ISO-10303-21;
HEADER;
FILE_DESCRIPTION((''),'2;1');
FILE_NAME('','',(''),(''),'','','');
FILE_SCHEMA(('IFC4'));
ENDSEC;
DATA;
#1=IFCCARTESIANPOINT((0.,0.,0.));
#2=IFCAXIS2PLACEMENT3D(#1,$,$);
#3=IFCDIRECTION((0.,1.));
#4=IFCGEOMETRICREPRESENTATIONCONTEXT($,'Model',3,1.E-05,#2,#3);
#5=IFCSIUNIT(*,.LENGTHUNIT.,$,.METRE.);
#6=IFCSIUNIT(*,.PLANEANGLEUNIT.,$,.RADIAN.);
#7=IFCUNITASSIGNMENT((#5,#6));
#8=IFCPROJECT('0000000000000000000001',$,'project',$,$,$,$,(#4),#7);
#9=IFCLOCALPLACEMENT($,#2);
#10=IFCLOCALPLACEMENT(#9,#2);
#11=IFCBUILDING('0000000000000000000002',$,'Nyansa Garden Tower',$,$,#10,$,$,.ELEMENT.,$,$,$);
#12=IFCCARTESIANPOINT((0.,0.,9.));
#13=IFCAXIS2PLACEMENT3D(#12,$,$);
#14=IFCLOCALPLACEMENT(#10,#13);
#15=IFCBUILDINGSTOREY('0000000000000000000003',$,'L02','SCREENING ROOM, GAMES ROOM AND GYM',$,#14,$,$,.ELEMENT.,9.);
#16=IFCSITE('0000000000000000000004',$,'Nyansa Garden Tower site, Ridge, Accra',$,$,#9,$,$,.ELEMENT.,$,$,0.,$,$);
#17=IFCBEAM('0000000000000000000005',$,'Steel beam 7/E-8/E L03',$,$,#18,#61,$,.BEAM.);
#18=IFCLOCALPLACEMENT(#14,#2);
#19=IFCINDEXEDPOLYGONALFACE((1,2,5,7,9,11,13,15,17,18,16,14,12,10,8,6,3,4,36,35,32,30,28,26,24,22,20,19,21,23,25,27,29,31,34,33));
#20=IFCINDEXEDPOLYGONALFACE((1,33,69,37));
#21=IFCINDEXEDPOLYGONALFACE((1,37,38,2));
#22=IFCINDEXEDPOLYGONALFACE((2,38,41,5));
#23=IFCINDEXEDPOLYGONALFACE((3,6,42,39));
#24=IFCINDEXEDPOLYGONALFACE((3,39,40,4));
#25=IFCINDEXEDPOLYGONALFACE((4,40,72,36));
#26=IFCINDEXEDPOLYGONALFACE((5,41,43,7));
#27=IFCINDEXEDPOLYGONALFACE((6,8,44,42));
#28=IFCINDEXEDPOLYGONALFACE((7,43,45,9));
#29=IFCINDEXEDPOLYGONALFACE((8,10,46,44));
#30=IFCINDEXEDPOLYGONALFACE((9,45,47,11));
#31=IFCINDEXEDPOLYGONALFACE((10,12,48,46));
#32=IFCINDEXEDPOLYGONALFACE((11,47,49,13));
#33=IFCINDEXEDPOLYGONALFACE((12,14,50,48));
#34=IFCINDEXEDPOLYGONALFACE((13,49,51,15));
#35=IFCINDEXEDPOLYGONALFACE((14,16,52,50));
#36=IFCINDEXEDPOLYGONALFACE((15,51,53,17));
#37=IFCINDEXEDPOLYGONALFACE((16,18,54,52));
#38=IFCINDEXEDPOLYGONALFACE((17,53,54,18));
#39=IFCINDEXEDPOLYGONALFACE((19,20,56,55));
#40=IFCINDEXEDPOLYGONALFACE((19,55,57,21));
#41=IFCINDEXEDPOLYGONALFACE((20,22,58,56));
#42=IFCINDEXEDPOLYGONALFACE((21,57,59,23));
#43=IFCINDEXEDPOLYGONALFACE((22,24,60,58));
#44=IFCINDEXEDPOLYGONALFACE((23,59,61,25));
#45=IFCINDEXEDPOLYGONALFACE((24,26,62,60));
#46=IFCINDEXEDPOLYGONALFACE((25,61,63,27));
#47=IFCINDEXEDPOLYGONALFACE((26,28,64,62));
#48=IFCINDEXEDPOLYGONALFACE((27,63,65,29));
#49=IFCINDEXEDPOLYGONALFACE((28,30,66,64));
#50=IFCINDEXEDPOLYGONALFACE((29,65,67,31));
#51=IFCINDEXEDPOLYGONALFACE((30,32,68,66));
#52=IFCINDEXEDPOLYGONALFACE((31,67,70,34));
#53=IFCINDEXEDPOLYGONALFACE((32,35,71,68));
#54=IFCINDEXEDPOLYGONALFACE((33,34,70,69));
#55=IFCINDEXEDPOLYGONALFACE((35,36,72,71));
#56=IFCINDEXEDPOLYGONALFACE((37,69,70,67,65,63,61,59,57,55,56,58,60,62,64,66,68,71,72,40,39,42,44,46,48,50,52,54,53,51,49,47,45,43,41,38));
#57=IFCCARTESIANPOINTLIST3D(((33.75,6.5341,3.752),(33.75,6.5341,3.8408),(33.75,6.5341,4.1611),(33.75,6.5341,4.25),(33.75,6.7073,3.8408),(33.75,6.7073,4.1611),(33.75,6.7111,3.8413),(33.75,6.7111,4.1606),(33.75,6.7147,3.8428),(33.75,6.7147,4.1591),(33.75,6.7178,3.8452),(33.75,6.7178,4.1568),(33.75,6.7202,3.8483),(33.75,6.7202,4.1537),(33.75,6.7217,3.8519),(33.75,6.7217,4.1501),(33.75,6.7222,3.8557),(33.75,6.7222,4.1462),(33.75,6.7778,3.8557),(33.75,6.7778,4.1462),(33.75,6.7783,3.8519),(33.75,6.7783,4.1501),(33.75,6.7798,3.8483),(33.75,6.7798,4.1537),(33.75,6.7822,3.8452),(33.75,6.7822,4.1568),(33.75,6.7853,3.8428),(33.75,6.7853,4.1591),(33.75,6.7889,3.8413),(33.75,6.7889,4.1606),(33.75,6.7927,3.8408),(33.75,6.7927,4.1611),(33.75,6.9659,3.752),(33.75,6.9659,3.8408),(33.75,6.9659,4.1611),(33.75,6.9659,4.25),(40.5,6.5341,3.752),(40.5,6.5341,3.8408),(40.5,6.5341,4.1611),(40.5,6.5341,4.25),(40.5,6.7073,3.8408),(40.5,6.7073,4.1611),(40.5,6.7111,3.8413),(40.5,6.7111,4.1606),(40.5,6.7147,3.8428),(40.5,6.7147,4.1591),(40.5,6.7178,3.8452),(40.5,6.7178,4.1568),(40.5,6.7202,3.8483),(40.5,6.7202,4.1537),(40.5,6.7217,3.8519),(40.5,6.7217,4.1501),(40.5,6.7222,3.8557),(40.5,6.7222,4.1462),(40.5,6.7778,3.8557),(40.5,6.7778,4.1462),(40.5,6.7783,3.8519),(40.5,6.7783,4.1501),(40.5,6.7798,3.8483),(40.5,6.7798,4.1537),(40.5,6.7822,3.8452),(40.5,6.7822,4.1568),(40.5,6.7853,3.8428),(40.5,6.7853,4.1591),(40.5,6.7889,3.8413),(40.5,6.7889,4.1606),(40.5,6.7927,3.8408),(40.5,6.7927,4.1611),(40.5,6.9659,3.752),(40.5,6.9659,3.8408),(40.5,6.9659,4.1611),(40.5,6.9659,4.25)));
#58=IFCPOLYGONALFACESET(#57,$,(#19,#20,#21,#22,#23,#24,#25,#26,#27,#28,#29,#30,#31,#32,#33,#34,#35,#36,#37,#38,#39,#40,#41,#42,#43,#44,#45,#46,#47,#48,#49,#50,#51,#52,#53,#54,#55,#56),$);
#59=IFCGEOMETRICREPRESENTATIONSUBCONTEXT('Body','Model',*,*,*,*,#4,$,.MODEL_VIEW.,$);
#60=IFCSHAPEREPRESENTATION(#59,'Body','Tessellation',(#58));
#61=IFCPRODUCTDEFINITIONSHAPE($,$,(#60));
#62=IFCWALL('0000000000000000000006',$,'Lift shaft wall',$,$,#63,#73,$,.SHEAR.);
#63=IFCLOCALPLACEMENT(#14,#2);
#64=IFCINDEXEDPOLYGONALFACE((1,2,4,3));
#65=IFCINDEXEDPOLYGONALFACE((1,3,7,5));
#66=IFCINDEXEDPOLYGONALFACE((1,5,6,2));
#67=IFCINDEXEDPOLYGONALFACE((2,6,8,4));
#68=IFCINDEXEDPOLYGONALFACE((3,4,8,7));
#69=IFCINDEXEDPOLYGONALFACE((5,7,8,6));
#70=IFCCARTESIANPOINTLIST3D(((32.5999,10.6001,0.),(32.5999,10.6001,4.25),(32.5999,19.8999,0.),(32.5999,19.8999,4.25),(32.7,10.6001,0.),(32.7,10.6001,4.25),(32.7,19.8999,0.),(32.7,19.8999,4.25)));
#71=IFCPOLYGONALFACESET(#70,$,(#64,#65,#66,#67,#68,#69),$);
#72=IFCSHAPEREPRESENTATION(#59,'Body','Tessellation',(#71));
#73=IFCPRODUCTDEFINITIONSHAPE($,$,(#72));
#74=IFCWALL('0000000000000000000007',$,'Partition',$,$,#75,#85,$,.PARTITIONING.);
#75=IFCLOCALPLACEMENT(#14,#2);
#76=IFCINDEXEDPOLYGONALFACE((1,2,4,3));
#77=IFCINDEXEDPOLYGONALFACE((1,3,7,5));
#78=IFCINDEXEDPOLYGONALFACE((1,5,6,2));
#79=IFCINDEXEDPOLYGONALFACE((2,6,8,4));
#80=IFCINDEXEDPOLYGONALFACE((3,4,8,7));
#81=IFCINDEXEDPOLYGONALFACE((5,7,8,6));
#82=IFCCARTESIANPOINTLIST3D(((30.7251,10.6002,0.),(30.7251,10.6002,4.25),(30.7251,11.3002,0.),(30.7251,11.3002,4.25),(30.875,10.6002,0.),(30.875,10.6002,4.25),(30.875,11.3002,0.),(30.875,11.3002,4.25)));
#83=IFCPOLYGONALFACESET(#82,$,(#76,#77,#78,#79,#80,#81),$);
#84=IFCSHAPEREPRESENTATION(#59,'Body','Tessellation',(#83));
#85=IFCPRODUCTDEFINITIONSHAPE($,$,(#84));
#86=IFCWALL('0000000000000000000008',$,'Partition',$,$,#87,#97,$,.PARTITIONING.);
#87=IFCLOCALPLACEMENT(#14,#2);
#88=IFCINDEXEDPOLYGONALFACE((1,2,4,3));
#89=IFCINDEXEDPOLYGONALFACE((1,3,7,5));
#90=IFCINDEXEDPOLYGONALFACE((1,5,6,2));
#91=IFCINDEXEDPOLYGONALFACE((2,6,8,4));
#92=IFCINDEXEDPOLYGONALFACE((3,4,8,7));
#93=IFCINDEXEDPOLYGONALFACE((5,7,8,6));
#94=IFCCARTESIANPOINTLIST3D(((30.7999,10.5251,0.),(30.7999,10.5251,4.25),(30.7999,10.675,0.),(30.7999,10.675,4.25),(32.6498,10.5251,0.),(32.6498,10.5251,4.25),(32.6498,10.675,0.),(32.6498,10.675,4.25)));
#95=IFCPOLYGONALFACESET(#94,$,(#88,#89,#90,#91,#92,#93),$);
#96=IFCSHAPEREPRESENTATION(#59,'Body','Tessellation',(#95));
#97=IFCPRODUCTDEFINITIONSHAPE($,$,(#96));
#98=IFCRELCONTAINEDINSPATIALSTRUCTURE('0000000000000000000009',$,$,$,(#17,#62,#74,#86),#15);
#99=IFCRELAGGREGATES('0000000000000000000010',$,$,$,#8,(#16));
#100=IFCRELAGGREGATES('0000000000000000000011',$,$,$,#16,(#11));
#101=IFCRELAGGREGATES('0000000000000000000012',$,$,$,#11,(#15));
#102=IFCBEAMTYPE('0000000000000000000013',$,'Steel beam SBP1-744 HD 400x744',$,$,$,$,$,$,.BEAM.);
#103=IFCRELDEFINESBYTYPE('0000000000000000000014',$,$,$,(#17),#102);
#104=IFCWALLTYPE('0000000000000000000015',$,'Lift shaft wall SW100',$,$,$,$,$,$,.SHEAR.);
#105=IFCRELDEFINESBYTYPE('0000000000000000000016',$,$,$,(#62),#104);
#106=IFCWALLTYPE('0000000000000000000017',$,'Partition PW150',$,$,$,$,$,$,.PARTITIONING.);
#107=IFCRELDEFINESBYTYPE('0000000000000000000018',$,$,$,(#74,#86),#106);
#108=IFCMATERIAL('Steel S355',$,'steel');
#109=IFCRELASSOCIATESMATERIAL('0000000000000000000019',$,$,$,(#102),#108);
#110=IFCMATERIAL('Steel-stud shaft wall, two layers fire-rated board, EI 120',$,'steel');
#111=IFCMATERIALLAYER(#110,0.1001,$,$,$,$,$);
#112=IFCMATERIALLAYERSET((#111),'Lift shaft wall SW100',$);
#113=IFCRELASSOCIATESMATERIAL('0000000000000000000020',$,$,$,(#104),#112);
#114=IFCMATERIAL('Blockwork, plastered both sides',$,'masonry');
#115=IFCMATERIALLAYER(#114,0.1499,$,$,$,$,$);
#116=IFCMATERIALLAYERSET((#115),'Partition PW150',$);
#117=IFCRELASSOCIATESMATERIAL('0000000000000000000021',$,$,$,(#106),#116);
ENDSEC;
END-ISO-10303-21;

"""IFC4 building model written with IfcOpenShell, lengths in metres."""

from ifc_helpers import new_model, si_unit, direction, frame, frame_2d, origin, origin_2d, place, context, subcontext, project, spatial, rectangle, i_section, extrude, material, layer, layer_set, material_profile, profile_set, type_object, element, save


model = new_model("IFC4")

# Units and contexts
model_context = context("Model", 3, precision=1e-05, world=origin(), true_north=direction((0.0, 1.0)))
body_context = subcontext(model_context, "Body", "Model", "MODEL_VIEW")
ifc_project = project(units=[si_unit("LENGTHUNIT", "METRE"), si_unit("PLANEANGLEUNIT", "RADIAN")], contexts=[model_context])

# Site, building, storey
site_placement = place(None, origin())
site = spatial("IfcSite", under=ifc_project, at=site_placement, Name="Nyansa Garden Tower site, Ridge, Accra", CompositionType="ELEMENT", RefElevation=0.0)
building_placement = place(site_placement, origin())
building = spatial("IfcBuilding", under=site, at=building_placement, Name="Nyansa Garden Tower", CompositionType="ELEMENT")
storey_placement = place(building_placement, frame((0.0, 0.0, 9.0)))
storey = spatial("IfcBuildingStorey", under=building, at=storey_placement, Name="L02", Description="SCREENING ROOM, GAMES ROOM AND GYM", CompositionType="ELEMENT", Elevation=9.0)

# Beam
ifc_material_1 = material(Name="Steel S355", Category="steel")
ifc_material_profile_1 = material_profile(ifc_material_1, i_section(OverallWidth=0.4319, OverallDepth=0.498, WebThickness=0.0557, FlangeThickness=0.0889, FilletRadius=0.0149, at=origin_2d()), Name="HD 400x744")
ifc_profile_set_1 = profile_set([ifc_material_profile_1], Name="Steel S355")
beam_type = type_object("IfcBeamType", Name="Steel beam SBP1-744 HD 400x744", PredefinedType="BEAM", material=ifc_profile_set_1)
for number, where, z_axis, x_axis, name in (
    (1, (33.75, 6.75, 4.001), (1.0, 0.0, 0.0), (0.0, 1.0, 0.0), "Steel beam 7/E-8/E L03"),
):
    element("IfcBeam", number, at=place(storey_placement, frame(where, z_axis=z_axis, x_axis=x_axis)), inside=storey, type_object=beam_type, Name=name, PredefinedType="BEAM", context=body_context, shape_type="SweptSolid", body=[
        extrude(i_section(OverallWidth=0.4319, OverallDepth=0.498, WebThickness=0.0557, FlangeThickness=0.0889, FilletRadius=0.0149, at=origin_2d()), origin(), (0.0, 0.0, 1.0), 6.75),
    ])

# Walls
ifc_material_2 = material(Name="Steel-stud shaft wall, two layers fire-rated board, EI 120", Category="steel")
ifc_layer_1 = layer(ifc_material_2, 0.1001)
ifc_layer_set_1 = layer_set([ifc_layer_1], Name="Lift shaft wall SW100")
wall_type_1 = type_object("IfcWallType", Name="Lift shaft wall SW100", PredefinedType="SHEAR", material=ifc_layer_set_1)
wall_1_placement = place(storey_placement, frame((32.6499, 10.6001, 0.0), z_axis=(0.0, 0.0, 1.0), x_axis=(0.0, 1.0, 0.0)))
element("IfcWall", 2, at=wall_1_placement, inside=storey, type_object=wall_type_1, Name="Lift shaft wall", PredefinedType="SHEAR", context=body_context, shape_type="SweptSolid", body=[
    extrude(rectangle(XDim=9.2998, YDim=0.1001, at=frame_2d((4.6499, 0.0))), origin(), (0.0, 0.0, 1.0), 4.25),
])
ifc_material_3 = material(Name="Blockwork, plastered both sides", Category="masonry")
ifc_layer_2 = layer(ifc_material_3, 0.1499)
ifc_layer_set_2 = layer_set([ifc_layer_2], Name="Partition PW150")
wall_type_2 = type_object("IfcWallType", Name="Partition PW150", PredefinedType="PARTITIONING", material=ifc_layer_set_2)
wall_2_placement = place(storey_placement, frame((30.8, 10.6001, 0.0), z_axis=(0.0, 0.0, 1.0), x_axis=(0.0, 1.0, 0.0)))
element("IfcWall", 3, at=wall_2_placement, inside=storey, type_object=wall_type_2, Name="Partition", PredefinedType="PARTITIONING", context=body_context, shape_type="SweptSolid", body=[
    extrude(rectangle(XDim=0.7, YDim=0.1499, at=frame_2d((0.3501, 0.0))), origin(), (0.0, 0.0, 1.0), 4.25),
])
wall_3_placement = place(storey_placement, frame((30.8, 10.6001, 0.0), z_axis=(0.0, 0.0, 1.0), x_axis=(1.0, 0.0, 0.0)))
element("IfcWall", 4, at=wall_3_placement, inside=storey, type_object=wall_type_2, Name="Partition", PredefinedType="PARTITIONING", context=body_context, shape_type="SweptSolid", body=[
    extrude(rectangle(XDim=1.8499, YDim=0.1499, at=frame_2d((0.9248, 0.0))), origin(), (0.0, 0.0, 1.0), 4.25),
])

save(model, "model.ifc")
